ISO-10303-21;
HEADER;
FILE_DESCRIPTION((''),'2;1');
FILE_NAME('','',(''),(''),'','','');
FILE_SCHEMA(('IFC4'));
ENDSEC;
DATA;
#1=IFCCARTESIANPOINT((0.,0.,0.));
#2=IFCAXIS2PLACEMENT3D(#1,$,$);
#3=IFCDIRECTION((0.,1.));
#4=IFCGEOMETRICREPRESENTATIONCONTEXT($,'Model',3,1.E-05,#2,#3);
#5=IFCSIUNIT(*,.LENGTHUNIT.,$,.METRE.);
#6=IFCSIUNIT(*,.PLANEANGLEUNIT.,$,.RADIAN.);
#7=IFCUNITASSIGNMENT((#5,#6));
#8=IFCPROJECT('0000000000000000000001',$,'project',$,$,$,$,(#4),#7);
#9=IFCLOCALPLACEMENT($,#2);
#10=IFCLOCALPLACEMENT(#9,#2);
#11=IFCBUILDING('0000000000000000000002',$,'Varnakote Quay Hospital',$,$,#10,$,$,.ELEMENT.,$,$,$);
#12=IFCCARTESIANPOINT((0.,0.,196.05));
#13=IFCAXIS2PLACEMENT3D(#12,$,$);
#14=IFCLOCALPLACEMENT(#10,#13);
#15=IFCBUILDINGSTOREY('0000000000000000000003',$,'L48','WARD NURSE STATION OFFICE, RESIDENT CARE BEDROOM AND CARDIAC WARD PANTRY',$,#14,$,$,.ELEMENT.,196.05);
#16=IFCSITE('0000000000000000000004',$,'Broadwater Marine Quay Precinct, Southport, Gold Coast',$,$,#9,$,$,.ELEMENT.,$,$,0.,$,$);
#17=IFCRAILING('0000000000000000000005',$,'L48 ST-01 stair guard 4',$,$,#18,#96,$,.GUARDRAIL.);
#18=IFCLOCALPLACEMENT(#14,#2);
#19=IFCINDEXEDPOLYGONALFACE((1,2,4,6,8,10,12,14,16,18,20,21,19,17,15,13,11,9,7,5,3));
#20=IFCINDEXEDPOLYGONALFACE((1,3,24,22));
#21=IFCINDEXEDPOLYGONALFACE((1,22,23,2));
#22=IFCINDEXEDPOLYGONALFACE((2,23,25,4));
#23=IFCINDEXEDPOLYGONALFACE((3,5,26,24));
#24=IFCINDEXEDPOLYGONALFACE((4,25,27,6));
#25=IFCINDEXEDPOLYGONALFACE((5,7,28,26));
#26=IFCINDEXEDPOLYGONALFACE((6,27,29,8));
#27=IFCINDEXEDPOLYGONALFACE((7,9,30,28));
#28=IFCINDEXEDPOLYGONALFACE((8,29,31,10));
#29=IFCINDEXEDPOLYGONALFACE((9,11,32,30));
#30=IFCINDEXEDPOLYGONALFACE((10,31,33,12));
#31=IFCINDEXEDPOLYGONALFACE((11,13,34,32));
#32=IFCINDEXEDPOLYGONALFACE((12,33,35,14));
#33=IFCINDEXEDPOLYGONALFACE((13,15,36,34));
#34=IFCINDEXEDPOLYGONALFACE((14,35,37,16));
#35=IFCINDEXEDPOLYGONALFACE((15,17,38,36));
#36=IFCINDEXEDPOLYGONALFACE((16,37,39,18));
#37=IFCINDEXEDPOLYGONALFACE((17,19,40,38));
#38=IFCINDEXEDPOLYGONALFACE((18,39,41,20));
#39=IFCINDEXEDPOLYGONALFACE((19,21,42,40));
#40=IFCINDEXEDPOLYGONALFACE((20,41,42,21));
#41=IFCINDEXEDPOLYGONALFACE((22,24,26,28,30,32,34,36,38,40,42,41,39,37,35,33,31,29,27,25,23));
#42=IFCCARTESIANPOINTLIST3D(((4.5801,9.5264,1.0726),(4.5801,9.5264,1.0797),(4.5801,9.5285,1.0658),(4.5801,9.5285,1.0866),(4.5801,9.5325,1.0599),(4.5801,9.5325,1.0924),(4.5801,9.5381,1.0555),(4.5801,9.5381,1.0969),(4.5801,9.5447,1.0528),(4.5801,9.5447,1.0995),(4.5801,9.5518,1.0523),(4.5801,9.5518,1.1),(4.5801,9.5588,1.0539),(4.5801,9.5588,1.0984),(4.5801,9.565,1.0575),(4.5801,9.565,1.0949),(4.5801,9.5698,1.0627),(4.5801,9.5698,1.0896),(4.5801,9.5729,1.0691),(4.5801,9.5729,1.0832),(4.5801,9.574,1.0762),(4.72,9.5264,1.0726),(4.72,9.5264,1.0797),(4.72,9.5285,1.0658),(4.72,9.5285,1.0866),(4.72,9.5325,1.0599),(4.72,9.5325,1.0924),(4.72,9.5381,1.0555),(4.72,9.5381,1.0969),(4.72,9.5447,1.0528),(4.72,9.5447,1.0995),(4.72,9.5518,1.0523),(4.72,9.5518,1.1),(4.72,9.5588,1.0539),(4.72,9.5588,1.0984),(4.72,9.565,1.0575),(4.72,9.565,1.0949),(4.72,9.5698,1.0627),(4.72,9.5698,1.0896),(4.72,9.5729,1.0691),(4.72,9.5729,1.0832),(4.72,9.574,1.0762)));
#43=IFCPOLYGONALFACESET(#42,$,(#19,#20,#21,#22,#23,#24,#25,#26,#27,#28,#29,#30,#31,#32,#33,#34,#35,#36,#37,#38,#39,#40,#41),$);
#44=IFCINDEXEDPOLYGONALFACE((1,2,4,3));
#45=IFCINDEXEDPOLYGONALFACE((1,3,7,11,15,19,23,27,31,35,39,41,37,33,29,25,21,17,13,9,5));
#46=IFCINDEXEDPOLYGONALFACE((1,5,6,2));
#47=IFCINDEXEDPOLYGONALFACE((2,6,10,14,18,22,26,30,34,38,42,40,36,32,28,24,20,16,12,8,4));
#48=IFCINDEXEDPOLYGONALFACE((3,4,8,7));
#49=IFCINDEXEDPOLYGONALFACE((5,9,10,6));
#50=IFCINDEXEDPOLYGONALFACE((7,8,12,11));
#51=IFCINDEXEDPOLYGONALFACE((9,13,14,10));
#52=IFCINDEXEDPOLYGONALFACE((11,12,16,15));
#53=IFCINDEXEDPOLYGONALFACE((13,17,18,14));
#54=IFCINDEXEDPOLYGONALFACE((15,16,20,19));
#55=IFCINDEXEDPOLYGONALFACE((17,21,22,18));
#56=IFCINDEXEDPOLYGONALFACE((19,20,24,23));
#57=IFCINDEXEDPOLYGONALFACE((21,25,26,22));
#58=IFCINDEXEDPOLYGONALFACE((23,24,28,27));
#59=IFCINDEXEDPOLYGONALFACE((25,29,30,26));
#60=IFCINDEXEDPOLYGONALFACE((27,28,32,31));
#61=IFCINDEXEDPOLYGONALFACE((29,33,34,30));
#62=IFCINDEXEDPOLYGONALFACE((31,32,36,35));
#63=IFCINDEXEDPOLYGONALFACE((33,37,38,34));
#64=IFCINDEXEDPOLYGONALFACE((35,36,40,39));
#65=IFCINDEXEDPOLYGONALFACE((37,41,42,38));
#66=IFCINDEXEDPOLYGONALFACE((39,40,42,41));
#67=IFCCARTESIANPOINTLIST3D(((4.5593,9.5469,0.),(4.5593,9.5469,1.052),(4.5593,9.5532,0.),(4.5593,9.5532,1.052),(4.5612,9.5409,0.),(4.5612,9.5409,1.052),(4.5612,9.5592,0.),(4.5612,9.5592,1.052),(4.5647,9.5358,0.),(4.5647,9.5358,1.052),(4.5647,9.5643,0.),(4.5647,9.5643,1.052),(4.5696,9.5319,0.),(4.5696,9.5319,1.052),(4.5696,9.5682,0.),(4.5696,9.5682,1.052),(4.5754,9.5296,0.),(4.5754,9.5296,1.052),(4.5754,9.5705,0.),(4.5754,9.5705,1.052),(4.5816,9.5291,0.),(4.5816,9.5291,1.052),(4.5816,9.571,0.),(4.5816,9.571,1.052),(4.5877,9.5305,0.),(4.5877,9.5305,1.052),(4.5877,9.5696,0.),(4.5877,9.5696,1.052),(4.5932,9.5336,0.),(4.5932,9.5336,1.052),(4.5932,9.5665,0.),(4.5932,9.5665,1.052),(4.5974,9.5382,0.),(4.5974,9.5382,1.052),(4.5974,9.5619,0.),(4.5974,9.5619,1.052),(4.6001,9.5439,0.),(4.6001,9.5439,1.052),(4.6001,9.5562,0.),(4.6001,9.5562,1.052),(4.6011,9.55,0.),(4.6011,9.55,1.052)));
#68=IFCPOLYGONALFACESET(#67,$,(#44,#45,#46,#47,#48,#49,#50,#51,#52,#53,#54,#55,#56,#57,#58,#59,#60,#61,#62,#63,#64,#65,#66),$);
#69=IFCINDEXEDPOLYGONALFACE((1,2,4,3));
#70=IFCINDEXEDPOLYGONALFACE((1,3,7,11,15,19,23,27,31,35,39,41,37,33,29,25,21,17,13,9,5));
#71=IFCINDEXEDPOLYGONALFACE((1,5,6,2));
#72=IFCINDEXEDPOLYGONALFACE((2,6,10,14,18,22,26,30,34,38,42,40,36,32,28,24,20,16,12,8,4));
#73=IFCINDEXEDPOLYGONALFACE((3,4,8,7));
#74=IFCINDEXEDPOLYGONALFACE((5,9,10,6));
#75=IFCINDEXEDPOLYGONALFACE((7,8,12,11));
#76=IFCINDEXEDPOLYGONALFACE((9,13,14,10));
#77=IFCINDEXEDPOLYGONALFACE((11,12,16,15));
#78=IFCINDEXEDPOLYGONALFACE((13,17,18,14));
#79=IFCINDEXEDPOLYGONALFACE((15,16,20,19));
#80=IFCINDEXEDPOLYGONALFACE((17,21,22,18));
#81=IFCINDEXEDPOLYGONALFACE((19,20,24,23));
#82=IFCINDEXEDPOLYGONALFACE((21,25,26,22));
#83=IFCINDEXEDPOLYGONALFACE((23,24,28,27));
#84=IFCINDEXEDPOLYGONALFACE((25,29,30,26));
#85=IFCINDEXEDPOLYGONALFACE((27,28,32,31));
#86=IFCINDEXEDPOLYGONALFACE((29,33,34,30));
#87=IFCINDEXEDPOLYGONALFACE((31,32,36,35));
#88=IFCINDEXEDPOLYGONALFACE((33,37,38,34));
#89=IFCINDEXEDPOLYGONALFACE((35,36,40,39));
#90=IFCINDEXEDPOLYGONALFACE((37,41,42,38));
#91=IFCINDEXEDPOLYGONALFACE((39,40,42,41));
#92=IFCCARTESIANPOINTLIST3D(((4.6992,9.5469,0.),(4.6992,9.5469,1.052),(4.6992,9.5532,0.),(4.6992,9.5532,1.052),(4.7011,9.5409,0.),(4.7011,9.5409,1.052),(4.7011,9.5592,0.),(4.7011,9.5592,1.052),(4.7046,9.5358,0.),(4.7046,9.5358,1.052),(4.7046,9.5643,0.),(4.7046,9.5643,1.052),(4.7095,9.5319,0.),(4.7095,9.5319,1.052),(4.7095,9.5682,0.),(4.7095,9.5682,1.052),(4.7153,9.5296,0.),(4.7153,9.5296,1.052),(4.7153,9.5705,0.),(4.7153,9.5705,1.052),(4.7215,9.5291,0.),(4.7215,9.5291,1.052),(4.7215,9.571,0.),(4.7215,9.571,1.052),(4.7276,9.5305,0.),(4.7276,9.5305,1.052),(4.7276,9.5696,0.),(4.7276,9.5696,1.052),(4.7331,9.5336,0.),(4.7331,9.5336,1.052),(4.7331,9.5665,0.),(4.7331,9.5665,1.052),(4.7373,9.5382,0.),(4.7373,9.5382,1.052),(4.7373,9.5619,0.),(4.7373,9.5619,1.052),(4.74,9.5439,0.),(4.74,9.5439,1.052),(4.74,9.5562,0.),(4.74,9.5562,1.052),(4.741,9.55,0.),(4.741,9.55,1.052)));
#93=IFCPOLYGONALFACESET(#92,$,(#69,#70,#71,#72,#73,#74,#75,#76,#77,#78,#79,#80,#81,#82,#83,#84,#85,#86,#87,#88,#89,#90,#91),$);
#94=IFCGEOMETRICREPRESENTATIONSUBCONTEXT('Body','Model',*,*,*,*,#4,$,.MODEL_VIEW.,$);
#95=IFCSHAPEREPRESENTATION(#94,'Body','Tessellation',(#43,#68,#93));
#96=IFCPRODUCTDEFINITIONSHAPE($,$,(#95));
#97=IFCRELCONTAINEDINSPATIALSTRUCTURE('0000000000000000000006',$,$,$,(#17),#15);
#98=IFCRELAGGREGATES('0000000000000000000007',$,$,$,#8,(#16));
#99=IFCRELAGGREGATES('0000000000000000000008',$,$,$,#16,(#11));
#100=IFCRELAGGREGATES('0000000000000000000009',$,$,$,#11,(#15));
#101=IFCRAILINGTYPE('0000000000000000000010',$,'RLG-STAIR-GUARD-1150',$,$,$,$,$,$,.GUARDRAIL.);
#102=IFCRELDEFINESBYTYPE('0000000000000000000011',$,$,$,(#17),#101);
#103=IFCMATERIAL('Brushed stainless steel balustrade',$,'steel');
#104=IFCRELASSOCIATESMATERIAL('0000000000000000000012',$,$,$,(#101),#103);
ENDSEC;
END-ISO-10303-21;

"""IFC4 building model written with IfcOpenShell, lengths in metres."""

from ifc_helpers import new_model, si_unit, direction, frame, origin, origin_2d, place, context, subcontext, project, spatial, circle, extrude, material, type_object, element, save


model = new_model("IFC4")

# Units and contexts
model_context = context("Model", 3, precision=1e-05, world=origin(), true_north=direction((0.0, 1.0)))
body_context = subcontext(model_context, "Body", "Model", "MODEL_VIEW")
ifc_project = project(units=[si_unit("LENGTHUNIT", "METRE"), si_unit("PLANEANGLEUNIT", "RADIAN")], contexts=[model_context])

# Site, building, storey
site_placement = place(None, origin())
site = spatial("IfcSite", under=ifc_project, at=site_placement, Name="Broadwater Marine Quay Precinct, Southport, Gold Coast", CompositionType="ELEMENT", RefElevation=0.0)
building_placement = place(site_placement, origin())
building = spatial("IfcBuilding", under=site, at=building_placement, Name="Varnakote Quay Hospital", CompositionType="ELEMENT")
storey_placement = place(building_placement, frame((0.0, 0.0, 196.05)))
storey = spatial("IfcBuildingStorey", under=building, at=storey_placement, Name="L48", Description="WARD NURSE STATION OFFICE, RESIDENT CARE BEDROOM AND CARDIAC WARD PANTRY", CompositionType="ELEMENT", Elevation=196.05)

# Railing
ifc_material_1 = material(Name="Brushed stainless steel balustrade", Category="steel")
railing_type_1 = type_object("IfcRailingType", Name="RLG-STAIR-GUARD-1150", PredefinedType="GUARDRAIL", material=ifc_material_1)
railing_1_placement = place(storey_placement, frame((4.5801, 9.55, 0.0)))
element("IfcRailing", 1, at=railing_1_placement, inside=storey, type_object=railing_type_1, Name="L48 ST-01 stair guard 4", PredefinedType="GUARDRAIL", context=body_context, shape_type="SweptSolid", body=[
    extrude(circle(Radius=0.0239, at=origin_2d()), frame((0.0, 0.0, 1.0762), z_axis=(1.0, 0.0, 0.0), x_axis=(0.0, 1.0, 0.0)), (0.0, 0.0, 1.0), 0.1399),
    extrude(circle(Radius=0.021, at=origin_2d()), origin(), (0.0, 0.0, 1.0), 1.052),
    extrude(circle(Radius=0.021, at=origin_2d()), frame((0.1399, 0.0, 0.0)), (0.0, 0.0, 1.0), 1.052),
])

save(model, "model.ifc")
